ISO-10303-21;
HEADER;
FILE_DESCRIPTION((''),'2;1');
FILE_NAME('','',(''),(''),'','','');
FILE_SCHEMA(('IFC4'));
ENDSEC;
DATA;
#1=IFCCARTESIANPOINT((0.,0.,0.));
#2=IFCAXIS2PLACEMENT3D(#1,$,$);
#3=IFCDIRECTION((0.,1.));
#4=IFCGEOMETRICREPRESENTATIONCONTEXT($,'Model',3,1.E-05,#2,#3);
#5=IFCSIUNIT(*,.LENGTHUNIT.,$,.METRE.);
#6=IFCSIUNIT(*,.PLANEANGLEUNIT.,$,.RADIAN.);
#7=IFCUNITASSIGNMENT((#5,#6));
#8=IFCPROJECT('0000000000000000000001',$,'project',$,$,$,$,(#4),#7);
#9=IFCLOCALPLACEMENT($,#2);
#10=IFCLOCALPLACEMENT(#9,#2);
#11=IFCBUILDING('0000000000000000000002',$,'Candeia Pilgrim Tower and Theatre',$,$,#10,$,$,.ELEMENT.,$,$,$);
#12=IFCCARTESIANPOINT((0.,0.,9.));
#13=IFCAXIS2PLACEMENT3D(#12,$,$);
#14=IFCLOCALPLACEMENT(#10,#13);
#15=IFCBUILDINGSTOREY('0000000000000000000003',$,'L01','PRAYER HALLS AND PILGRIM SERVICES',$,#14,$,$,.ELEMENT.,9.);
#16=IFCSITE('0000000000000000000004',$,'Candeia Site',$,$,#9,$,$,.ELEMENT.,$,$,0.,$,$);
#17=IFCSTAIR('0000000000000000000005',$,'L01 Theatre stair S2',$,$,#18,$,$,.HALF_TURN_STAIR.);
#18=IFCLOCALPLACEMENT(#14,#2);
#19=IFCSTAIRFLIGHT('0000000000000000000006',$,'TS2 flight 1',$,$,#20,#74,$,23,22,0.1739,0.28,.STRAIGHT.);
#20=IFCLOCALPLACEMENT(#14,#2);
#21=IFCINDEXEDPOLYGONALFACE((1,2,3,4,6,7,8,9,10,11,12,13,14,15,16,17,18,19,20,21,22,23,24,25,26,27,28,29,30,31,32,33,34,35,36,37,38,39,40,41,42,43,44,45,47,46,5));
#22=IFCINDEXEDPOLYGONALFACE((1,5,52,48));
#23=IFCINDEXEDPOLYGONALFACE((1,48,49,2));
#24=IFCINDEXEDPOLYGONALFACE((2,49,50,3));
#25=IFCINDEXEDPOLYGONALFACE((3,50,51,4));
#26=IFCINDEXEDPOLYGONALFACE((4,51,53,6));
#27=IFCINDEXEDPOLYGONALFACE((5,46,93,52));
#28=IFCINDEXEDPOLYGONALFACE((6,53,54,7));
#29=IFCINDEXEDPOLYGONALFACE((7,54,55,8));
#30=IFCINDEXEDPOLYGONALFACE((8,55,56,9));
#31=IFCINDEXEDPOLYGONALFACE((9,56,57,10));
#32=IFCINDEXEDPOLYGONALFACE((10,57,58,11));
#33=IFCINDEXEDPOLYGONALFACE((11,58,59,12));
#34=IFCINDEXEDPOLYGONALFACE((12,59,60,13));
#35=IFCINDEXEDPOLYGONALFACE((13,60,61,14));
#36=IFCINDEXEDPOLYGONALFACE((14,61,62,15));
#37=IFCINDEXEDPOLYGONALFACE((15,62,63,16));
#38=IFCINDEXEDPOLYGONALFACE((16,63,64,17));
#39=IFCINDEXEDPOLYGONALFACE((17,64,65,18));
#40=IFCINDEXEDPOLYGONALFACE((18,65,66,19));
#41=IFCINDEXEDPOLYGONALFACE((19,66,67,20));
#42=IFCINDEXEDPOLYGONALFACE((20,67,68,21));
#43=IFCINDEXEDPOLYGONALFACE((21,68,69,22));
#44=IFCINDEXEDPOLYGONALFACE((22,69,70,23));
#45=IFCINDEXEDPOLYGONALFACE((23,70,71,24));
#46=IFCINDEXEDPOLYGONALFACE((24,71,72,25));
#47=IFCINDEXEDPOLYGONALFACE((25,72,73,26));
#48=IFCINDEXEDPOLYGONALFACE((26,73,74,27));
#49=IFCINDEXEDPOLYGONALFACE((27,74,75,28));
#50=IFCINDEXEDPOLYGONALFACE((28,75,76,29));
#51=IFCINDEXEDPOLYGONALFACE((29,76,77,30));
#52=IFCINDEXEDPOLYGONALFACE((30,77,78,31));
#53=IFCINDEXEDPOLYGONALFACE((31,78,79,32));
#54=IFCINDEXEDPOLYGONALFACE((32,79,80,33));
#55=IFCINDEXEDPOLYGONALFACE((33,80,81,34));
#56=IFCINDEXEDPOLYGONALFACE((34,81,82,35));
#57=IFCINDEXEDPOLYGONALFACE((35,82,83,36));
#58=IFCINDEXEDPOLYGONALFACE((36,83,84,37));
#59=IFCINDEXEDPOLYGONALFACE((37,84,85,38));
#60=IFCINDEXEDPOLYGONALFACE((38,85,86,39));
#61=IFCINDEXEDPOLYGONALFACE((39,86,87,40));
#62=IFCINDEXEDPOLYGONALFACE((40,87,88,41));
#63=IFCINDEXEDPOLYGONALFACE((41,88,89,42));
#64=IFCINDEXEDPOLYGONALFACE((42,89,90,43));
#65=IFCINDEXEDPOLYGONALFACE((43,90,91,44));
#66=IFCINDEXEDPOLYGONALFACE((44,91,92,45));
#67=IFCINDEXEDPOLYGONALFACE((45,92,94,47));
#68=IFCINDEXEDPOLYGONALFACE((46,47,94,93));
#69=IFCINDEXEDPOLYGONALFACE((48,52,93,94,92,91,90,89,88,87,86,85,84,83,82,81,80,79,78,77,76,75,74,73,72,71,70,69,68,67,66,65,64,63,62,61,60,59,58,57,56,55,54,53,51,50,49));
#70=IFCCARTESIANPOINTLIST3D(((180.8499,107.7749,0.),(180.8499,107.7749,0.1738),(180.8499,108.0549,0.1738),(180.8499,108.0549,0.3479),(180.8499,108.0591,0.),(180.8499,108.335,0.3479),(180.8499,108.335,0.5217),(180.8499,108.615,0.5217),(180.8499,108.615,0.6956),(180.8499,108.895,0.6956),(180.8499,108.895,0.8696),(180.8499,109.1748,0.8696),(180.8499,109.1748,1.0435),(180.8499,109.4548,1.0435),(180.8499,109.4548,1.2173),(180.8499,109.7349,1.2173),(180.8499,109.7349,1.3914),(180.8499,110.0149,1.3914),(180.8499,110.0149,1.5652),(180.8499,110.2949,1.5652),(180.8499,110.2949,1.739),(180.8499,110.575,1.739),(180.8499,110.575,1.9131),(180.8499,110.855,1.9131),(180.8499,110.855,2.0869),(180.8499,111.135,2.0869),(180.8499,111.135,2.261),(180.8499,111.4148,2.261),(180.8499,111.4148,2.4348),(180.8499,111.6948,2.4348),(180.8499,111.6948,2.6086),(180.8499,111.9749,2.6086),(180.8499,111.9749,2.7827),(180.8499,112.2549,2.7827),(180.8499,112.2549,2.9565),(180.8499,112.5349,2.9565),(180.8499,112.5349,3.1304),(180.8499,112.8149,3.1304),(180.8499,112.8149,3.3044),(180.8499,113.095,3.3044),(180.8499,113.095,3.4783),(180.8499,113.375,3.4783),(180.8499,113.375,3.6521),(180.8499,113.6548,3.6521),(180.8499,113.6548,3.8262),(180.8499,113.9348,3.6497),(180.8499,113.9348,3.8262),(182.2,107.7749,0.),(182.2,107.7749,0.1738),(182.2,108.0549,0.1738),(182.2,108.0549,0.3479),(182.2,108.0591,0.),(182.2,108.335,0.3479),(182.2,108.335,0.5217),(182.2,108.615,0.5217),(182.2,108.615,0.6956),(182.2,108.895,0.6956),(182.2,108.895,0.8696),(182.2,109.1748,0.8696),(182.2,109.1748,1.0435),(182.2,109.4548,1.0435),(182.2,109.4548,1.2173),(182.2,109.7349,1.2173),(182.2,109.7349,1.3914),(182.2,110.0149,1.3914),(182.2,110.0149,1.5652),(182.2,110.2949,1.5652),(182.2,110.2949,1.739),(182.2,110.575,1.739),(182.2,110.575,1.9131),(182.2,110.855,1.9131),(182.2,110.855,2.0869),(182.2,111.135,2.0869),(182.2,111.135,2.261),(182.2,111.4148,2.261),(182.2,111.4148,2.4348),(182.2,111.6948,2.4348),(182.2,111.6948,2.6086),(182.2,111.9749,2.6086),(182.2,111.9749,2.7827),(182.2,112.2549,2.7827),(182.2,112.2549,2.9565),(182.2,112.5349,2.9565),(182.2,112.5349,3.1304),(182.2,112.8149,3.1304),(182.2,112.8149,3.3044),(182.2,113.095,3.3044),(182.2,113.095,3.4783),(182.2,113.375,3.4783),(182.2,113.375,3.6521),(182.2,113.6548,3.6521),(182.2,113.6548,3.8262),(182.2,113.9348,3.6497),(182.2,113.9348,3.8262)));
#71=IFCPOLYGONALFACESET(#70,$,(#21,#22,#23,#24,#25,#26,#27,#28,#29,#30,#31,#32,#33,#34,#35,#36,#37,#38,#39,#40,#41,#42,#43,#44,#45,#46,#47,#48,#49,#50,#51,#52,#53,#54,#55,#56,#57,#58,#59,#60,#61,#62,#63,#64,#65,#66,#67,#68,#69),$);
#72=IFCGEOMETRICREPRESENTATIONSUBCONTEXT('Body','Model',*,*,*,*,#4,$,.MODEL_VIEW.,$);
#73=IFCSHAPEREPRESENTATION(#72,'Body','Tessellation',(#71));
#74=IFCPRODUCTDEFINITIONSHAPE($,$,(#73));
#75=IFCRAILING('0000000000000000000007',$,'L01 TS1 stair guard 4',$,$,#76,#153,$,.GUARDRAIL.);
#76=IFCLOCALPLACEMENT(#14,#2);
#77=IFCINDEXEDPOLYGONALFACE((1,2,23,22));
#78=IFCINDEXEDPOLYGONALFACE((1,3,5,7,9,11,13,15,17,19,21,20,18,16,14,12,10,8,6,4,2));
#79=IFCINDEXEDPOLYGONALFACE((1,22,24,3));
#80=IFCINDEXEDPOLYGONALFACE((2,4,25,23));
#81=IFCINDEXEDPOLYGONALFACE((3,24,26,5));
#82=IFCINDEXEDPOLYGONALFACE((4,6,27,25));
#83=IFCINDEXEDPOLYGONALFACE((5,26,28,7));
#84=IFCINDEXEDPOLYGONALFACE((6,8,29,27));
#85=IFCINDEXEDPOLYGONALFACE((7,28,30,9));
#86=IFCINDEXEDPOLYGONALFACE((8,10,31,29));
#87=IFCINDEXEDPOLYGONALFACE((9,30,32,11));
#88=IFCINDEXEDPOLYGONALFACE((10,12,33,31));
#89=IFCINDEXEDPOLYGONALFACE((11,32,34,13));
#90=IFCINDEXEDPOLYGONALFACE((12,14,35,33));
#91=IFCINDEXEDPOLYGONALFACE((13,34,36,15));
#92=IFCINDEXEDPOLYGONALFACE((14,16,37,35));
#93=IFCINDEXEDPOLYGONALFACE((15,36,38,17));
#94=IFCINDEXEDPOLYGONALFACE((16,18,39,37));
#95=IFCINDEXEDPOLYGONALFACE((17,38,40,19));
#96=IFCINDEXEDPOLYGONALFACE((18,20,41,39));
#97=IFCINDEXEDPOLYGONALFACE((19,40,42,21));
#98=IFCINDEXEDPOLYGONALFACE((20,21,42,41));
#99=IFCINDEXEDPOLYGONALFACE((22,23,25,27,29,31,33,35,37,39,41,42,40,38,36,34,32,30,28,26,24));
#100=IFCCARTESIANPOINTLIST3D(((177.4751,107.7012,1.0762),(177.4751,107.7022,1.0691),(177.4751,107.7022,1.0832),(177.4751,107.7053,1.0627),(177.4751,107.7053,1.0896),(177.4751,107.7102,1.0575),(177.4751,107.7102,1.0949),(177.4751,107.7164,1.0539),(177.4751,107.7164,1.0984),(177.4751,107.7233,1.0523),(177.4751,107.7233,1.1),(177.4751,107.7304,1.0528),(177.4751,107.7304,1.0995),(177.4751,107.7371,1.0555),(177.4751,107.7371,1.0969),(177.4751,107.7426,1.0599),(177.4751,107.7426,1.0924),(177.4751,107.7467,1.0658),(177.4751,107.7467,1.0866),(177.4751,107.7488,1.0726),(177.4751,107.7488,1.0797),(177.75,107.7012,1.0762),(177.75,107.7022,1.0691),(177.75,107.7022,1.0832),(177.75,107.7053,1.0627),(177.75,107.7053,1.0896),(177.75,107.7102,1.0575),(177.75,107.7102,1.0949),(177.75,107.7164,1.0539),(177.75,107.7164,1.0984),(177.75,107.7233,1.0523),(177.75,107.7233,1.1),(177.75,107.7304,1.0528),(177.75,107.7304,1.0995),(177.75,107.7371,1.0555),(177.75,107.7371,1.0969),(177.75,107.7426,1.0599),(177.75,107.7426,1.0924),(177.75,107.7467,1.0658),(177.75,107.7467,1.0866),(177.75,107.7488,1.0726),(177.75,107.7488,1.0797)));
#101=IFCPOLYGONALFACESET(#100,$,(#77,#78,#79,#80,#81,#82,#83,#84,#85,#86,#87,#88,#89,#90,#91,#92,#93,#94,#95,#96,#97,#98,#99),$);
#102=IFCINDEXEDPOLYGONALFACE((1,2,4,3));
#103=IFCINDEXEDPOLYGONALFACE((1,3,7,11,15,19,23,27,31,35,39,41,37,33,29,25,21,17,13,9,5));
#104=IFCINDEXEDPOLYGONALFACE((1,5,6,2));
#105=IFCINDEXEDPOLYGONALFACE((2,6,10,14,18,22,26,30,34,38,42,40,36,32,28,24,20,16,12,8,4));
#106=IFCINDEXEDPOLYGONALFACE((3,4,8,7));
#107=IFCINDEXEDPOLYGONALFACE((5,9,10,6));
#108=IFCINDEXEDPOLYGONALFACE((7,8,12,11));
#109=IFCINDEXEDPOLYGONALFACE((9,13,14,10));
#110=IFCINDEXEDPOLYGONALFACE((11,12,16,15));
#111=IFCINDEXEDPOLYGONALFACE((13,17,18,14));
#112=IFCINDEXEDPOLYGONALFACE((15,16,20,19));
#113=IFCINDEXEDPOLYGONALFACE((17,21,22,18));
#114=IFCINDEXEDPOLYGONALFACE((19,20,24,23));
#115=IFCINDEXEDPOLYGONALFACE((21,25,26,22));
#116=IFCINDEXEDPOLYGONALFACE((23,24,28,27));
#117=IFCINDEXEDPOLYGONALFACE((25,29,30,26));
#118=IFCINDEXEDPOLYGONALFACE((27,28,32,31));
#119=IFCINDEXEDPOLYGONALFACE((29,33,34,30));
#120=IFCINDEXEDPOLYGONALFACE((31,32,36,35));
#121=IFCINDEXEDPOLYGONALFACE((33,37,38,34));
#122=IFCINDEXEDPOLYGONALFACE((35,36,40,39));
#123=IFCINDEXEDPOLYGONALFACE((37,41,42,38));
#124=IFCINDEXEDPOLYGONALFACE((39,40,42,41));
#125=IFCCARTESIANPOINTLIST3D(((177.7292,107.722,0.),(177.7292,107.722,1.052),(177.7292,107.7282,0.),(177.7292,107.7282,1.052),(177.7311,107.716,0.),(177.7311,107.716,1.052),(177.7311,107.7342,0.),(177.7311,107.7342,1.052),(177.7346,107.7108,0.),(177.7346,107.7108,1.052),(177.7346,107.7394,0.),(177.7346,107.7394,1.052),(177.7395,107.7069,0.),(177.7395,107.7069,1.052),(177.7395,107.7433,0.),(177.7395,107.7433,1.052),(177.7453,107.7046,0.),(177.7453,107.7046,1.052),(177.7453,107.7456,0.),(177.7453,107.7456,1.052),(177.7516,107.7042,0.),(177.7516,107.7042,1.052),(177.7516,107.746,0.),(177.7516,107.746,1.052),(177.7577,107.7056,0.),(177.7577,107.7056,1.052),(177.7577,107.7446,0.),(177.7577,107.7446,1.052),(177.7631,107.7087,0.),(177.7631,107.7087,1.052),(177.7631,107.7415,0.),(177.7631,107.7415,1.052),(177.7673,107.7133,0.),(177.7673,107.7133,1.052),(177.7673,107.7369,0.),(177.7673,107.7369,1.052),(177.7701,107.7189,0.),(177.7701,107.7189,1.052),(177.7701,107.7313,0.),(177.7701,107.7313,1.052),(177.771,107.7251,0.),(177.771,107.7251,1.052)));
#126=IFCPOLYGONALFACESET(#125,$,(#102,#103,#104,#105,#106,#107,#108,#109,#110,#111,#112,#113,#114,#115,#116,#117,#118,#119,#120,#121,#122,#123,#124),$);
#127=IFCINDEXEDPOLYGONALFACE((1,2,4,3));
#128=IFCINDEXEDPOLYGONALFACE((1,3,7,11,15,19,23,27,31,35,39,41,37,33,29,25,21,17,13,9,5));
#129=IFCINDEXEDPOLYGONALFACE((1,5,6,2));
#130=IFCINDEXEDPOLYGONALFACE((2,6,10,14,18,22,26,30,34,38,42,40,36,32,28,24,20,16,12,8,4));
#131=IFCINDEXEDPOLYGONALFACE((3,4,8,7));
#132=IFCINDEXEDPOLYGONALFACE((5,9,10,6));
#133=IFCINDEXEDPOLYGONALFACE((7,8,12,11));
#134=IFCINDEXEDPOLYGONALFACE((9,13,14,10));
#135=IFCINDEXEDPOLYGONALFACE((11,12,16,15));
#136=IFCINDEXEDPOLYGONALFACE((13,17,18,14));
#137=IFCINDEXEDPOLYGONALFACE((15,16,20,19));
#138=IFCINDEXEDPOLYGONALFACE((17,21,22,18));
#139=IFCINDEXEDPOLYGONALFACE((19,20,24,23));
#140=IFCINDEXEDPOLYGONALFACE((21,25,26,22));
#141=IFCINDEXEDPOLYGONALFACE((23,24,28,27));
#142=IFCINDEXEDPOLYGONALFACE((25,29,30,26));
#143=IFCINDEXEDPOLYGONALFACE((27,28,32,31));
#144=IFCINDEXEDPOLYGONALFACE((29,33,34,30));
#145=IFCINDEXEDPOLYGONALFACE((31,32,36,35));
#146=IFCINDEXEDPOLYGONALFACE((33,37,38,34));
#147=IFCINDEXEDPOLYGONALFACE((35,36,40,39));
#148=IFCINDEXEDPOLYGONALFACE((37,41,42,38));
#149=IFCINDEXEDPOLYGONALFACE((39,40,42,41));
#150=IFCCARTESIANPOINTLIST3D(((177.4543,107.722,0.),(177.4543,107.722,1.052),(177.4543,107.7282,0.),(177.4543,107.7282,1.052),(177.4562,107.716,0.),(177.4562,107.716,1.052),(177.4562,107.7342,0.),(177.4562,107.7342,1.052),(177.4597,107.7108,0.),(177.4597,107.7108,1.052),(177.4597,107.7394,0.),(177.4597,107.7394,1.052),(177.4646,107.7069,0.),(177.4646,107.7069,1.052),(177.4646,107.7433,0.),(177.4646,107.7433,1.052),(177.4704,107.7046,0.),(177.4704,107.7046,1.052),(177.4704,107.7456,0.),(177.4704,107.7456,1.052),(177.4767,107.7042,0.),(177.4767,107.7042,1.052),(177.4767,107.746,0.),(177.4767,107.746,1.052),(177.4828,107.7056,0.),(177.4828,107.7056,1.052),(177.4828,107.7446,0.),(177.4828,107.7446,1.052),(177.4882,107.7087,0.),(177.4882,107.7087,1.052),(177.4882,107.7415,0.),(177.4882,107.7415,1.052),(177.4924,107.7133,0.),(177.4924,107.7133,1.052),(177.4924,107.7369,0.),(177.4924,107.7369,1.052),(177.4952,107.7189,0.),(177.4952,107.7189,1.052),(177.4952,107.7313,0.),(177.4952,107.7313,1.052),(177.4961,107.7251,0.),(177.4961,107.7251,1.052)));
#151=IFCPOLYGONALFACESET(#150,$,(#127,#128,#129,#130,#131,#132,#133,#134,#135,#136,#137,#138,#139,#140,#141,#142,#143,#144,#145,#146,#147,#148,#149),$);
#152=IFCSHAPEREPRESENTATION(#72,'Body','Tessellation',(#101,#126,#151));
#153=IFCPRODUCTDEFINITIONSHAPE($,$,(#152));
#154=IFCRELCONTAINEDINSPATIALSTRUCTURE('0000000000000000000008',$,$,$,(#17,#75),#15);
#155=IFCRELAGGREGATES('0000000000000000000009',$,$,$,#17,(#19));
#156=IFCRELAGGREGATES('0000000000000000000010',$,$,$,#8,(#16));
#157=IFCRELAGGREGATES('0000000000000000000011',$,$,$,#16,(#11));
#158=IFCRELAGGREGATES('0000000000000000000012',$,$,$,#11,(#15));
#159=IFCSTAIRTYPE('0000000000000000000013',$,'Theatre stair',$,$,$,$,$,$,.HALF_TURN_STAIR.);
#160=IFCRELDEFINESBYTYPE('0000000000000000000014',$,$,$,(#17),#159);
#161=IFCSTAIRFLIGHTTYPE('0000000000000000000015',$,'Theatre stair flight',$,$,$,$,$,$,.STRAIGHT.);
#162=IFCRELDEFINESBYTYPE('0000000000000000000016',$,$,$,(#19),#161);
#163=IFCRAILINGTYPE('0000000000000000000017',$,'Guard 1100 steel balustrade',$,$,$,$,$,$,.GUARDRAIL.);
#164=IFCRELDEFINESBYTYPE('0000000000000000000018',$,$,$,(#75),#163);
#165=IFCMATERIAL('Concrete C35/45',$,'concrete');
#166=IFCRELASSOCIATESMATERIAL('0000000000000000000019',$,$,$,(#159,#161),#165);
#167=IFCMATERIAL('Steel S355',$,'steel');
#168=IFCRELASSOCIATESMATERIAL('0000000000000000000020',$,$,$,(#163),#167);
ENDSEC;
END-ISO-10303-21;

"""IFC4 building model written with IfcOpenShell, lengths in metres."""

from ifc_helpers import new_model, si_unit, direction, frame, origin, origin_2d, place, context, subcontext, project, spatial, polyline, circle, outline, extrude, material, type_object, element, aggregate, save


model = new_model("IFC4")

# Units and contexts
model_context = context("Model", 3, precision=1e-05, world=origin(), true_north=direction((0.0, 1.0)))
body_context = subcontext(model_context, "Body", "Model", "MODEL_VIEW")
ifc_project = project(units=[si_unit("LENGTHUNIT", "METRE"), si_unit("PLANEANGLEUNIT", "RADIAN")], contexts=[model_context])

# Site, building, storey
site_placement = place(None, origin())
site = spatial("IfcSite", under=ifc_project, at=site_placement, Name="Candeia Site", CompositionType="ELEMENT", RefElevation=0.0)
building_placement = place(site_placement, origin())
building = spatial("IfcBuilding", under=site, at=building_placement, Name="Candeia Pilgrim Tower and Theatre", CompositionType="ELEMENT")
storey_placement = place(building_placement, frame((0.0, 0.0, 9.0)))
storey = spatial("IfcBuildingStorey", under=building, at=storey_placement, Name="L01", Description="PRAYER HALLS AND PILGRIM SERVICES", CompositionType="ELEMENT", Elevation=9.0)

# Shared definitions
ifc_material_1 = material(Name="Concrete C35/45", Category="concrete")

# Shared definitions
stair_type = type_object("IfcStairType", Name="Theatre stair", PredefinedType="HALF_TURN_STAIR", material=ifc_material_1)
stair_flight_type = type_object("IfcStairFlightType", Name="Theatre stair flight", PredefinedType="STRAIGHT", material=ifc_material_1)

# Stair, stair flight
stair_1_placement = place(storey_placement, origin())
stair_1 = element("IfcStair", 1, at=stair_1_placement, inside=storey, type_object=stair_type, Name="L01 Theatre stair S2", PredefinedType="HALF_TURN_STAIR")
stair_flight_1_placement = place(storey_placement, frame((181.5249, 107.7749, 0.0), z_axis=(0.0, 0.0, 1.0), x_axis=(0.0, 1.0, 0.0)))
stair_flight_1 = element("IfcStairFlight", 2, at=stair_flight_1_placement, type_object=stair_flight_type, Name="TS2 flight 1", NumberOfRisers=23, NumberOfTreads=22, PredefinedType="STRAIGHT", RiserHeight=0.1739, TreadLength=0.28, context=body_context, shape_type="SweptSolid", body=[
    extrude(outline(polyline([(0.0, 0.0), (0.0, 0.1738), (0.28, 0.1738), (0.28, 0.3479), (0.5601, 0.3479), (0.5601, 0.5217), (0.8401, 0.5217), (0.8401, 0.6956), (1.1201, 0.6956), (1.1201, 0.8696), (1.3999, 0.8696), (1.3999, 1.0435), (1.6799, 1.0435), (1.6799, 1.2173), (1.96, 1.2173), (1.96, 1.3914), (2.24, 1.3914), (2.24, 1.5652), (2.52, 1.5652), (2.52, 1.739), (2.8, 1.739), (2.8, 1.9131), (3.0801, 1.9131), (3.0801, 2.0869), (3.3601, 2.0869), (3.3601, 2.261), (3.6399, 2.261), (3.6399, 2.4348), (3.9199, 2.4348), (3.9199, 2.6086), (4.2, 2.6086), (4.2, 2.7827), (4.48, 2.7827), (4.48, 2.9565), (4.76, 2.9565), (4.76, 3.1304), (5.04, 3.1304), (5.04, 3.3044), (5.3201, 3.3044), (5.3201, 3.4783), (5.6001, 3.4783), (5.6001, 3.6521), (5.8799, 3.6521), (5.8799, 3.8262), (6.1599, 3.8262), (6.1599, 4.0), (6.1599, 3.6497), (0.2842, 0.0), (0.0, 0.0)])), frame((0.0, 0.675, 0.0), z_axis=(0.0, -1.0, 0.0), x_axis=(1.0, 0.0, 0.0)), (0.0, 0.0, 1.0), 1.3501),
])
aggregate(stair_1, [stair_flight_1])

# Railing
ifc_material_2 = material(Name="Steel S355", Category="steel")
railing_type_1 = type_object("IfcRailingType", Name="Guard 1100 steel balustrade", PredefinedType="GUARDRAIL", material=ifc_material_2)
railing_1_placement = place(storey_placement, frame((177.75, 107.7251, 0.0)))
element("IfcRailing", 3, at=railing_1_placement, inside=storey, type_object=railing_type_1, Name="L01 TS1 stair guard 4", PredefinedType="GUARDRAIL", context=body_context, shape_type="SweptSolid", body=[
    extrude(circle(Radius=0.0239, at=origin_2d()), frame((0.0, 0.0, 1.0762), z_axis=(-1.0, 0.0, 0.0), x_axis=(0.0, -1.0, 0.0)), (0.0, 0.0, 1.0), 0.2749),
    extrude(circle(Radius=0.021, at=origin_2d()), origin(), (0.0, 0.0, 1.0), 1.052),
    extrude(circle(Radius=0.021, at=origin_2d()), frame((-0.2749, 0.0, 0.0)), (0.0, 0.0, 1.0), 1.052),
])

save(model, "model.ifc")
